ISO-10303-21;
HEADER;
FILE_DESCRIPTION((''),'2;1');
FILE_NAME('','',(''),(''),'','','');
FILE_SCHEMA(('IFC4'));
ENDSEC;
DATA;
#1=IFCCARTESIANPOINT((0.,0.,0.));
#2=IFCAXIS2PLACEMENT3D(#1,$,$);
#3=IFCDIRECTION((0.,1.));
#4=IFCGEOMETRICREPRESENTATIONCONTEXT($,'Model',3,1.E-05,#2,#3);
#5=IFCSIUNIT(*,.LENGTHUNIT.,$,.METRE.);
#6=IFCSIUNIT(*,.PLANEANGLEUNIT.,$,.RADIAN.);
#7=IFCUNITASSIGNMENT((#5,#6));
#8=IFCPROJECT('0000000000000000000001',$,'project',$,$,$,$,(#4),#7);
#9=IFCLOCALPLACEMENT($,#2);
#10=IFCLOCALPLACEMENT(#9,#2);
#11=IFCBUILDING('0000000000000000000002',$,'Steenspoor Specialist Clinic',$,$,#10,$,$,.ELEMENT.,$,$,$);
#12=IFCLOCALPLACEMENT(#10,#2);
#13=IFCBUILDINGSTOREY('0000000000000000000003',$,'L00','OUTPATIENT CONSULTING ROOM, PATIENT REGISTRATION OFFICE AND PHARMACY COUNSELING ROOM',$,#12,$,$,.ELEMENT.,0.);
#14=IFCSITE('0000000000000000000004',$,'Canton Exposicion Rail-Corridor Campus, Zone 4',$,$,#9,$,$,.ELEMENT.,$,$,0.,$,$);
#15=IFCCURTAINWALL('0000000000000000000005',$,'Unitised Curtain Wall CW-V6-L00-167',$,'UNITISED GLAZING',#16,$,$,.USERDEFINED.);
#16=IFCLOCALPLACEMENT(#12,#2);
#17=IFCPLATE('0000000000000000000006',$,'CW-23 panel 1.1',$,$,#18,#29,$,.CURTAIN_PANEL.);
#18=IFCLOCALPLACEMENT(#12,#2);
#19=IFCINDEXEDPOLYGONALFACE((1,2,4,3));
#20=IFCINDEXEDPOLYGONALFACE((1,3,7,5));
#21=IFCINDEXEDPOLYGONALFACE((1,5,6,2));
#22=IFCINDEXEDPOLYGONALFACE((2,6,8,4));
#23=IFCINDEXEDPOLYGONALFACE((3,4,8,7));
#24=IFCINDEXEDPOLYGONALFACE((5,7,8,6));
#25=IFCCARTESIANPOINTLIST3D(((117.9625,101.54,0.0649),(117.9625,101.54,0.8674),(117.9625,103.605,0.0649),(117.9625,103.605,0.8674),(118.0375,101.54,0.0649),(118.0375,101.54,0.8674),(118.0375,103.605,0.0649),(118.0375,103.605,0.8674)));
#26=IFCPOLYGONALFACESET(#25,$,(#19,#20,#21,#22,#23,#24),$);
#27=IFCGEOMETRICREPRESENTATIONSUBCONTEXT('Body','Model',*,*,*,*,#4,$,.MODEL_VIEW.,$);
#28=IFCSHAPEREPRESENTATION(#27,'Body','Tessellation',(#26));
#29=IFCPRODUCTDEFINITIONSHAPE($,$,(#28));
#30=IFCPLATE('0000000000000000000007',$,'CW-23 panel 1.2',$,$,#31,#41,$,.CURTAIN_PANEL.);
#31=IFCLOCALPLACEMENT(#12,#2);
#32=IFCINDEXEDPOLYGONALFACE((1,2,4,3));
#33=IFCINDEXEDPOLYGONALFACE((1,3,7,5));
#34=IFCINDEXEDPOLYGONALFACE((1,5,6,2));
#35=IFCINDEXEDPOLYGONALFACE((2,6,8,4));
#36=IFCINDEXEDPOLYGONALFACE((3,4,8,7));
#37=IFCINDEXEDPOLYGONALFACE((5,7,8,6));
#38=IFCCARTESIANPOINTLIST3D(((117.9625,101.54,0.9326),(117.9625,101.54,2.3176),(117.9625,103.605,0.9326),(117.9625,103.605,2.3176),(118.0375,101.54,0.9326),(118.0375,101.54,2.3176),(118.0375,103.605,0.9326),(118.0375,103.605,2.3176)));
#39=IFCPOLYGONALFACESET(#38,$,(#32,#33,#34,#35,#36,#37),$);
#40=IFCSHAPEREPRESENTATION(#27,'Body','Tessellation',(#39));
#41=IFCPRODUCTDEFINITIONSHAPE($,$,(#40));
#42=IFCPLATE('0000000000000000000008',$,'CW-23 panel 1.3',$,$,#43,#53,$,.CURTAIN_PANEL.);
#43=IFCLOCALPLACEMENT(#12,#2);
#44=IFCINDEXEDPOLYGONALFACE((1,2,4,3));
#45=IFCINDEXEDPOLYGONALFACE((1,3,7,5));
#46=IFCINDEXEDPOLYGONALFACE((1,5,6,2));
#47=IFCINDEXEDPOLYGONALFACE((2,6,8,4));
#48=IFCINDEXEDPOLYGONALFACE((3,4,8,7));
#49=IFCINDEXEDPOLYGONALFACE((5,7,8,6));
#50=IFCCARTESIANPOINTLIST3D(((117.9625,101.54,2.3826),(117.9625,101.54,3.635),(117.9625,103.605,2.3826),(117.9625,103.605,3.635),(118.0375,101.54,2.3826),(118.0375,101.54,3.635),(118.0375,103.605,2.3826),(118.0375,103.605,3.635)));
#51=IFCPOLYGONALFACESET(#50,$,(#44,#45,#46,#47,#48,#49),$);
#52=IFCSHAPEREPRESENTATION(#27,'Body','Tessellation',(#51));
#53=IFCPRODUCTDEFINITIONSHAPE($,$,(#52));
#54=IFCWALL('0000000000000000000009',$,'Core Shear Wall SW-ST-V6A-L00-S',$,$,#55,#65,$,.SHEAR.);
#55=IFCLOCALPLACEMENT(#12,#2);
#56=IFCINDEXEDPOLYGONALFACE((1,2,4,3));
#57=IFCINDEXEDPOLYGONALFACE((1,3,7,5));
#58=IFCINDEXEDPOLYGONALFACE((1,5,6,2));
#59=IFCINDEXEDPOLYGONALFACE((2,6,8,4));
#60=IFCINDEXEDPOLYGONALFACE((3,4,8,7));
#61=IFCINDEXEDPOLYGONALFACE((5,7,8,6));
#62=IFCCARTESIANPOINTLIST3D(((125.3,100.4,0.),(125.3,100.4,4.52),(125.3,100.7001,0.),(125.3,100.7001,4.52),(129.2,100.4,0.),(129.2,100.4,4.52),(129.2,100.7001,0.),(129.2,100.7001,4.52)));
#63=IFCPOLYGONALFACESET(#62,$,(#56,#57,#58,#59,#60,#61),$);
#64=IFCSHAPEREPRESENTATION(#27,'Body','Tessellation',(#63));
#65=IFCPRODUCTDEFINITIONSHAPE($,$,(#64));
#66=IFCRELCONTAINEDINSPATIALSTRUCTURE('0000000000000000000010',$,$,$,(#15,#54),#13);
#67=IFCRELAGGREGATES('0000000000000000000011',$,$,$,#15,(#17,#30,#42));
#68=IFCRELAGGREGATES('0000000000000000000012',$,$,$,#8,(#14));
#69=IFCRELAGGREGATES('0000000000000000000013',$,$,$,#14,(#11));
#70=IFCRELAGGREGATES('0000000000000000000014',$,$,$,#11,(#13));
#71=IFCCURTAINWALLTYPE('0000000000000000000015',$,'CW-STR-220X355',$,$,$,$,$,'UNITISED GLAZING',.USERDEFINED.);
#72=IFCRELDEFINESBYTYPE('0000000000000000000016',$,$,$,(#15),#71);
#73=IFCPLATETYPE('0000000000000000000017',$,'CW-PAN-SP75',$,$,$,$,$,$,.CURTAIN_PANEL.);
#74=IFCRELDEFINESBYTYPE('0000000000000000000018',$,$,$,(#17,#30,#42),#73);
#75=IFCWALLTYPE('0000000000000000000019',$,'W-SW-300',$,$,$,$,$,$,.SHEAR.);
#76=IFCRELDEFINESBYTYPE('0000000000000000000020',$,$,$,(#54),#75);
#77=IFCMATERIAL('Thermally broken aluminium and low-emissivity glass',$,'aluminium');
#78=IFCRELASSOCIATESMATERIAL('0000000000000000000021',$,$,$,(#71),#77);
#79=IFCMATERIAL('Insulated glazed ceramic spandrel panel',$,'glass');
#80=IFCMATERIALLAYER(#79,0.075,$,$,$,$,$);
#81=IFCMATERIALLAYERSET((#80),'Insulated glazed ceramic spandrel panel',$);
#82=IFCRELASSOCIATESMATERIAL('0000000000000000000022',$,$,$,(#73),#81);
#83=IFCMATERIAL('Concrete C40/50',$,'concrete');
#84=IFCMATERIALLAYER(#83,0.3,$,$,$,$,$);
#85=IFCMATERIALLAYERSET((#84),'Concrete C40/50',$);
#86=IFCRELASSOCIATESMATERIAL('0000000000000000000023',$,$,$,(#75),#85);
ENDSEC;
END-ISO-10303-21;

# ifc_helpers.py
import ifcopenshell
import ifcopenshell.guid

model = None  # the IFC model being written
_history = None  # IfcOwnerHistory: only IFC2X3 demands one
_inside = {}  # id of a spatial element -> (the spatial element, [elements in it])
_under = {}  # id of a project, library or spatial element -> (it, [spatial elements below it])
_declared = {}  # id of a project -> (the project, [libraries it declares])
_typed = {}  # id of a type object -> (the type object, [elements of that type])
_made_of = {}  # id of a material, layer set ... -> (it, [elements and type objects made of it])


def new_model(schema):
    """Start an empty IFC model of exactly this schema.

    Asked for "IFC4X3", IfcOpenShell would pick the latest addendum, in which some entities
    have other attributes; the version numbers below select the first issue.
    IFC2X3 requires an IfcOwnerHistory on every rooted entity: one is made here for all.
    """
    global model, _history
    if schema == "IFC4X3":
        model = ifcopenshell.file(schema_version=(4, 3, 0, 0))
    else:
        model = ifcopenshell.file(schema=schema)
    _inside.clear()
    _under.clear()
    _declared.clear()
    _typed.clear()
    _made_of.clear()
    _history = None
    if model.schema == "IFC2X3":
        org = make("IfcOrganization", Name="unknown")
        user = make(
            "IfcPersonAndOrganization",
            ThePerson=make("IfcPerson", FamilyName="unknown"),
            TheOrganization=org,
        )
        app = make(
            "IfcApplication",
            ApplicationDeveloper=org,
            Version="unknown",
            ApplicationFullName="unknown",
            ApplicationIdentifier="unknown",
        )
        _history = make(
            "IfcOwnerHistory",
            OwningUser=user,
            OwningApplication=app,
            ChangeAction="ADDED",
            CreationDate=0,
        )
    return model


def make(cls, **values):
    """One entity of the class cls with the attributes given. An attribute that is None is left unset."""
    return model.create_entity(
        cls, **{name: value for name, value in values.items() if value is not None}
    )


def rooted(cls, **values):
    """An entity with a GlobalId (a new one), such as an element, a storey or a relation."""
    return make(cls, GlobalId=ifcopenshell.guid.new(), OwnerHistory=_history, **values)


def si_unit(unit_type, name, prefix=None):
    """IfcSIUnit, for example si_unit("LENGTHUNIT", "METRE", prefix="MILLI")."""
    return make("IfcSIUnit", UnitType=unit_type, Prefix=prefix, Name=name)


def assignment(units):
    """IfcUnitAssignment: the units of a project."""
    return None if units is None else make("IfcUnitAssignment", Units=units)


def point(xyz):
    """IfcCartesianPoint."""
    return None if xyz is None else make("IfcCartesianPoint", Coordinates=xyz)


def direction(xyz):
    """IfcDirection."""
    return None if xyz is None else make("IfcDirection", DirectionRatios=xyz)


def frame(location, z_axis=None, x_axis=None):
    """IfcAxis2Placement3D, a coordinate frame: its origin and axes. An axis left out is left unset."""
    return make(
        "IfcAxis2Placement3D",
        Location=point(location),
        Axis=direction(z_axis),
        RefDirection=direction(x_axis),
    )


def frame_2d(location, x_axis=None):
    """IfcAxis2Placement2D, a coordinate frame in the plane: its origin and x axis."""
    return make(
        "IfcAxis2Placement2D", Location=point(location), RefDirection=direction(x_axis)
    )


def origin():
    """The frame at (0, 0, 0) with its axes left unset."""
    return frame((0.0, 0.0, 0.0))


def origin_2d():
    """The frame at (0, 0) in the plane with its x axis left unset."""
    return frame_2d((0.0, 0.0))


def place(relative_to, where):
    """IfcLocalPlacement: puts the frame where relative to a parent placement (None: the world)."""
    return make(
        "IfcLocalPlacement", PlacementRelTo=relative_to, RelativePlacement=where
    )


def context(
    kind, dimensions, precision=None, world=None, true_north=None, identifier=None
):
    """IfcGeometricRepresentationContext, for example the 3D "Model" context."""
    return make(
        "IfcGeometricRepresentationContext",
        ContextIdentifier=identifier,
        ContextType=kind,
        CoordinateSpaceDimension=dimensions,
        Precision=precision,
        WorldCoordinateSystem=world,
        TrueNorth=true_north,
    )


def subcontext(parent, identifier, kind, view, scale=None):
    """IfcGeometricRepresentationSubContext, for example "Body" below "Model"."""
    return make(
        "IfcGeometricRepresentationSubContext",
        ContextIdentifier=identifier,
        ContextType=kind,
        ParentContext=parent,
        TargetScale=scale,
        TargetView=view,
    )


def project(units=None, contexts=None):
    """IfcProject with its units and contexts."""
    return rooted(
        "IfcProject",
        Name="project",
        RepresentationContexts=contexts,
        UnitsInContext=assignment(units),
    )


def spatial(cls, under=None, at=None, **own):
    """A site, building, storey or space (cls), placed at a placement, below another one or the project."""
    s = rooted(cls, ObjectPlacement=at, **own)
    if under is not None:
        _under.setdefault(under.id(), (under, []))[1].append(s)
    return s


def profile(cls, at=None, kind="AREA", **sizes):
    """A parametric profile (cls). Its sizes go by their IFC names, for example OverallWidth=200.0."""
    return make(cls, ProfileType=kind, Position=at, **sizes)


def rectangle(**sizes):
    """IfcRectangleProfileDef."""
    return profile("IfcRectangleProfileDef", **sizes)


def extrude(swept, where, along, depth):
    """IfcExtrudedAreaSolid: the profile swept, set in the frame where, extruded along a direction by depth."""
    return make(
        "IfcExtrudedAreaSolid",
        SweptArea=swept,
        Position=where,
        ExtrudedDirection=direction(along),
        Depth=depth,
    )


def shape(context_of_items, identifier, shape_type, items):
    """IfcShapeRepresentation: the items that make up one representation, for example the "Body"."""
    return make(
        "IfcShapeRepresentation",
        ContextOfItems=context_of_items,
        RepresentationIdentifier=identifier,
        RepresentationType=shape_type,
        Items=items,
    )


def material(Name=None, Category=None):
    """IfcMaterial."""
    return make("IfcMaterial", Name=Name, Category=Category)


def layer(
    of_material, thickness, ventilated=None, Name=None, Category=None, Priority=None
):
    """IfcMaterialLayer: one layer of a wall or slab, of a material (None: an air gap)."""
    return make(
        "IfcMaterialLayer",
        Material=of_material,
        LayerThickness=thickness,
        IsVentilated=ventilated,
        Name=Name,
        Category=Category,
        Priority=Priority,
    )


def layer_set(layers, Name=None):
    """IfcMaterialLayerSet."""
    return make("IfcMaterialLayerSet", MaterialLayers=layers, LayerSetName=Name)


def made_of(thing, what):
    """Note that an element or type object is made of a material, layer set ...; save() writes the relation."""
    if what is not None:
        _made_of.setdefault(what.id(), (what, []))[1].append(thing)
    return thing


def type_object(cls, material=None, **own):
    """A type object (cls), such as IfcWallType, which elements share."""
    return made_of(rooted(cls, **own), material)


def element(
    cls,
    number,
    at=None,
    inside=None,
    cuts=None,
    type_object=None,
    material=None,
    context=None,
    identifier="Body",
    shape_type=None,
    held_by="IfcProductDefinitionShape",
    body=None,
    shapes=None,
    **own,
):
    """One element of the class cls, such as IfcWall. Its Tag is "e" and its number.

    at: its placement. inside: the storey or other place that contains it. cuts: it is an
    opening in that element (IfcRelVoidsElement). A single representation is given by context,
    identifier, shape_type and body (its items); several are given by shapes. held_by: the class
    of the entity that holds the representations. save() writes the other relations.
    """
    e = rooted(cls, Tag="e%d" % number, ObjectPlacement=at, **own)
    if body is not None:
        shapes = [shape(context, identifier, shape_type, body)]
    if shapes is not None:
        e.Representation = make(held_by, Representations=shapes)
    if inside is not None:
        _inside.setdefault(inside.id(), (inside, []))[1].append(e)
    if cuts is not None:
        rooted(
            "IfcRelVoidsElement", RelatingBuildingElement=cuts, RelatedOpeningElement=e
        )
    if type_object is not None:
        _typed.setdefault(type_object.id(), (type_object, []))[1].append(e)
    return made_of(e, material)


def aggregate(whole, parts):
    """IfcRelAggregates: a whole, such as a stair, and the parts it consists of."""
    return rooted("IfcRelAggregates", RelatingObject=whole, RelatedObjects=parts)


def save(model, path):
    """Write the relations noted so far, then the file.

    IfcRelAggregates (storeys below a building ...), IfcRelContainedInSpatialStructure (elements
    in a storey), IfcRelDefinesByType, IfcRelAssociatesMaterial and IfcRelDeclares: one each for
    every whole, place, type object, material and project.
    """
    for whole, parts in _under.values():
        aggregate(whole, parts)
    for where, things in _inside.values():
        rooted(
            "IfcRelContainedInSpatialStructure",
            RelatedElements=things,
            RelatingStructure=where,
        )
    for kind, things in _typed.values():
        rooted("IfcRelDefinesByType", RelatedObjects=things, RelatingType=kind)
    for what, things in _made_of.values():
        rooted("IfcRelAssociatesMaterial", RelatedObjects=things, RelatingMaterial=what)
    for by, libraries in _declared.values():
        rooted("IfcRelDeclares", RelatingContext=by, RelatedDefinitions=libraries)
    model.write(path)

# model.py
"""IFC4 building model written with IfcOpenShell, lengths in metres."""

from ifc_helpers import new_model, si_unit, direction, frame, frame_2d, origin, origin_2d, place, context, subcontext, project, spatial, rectangle, extrude, material, layer, layer_set, type_object, element, aggregate, save


model = new_model("IFC4")

# Units and contexts
model_context = context("Model", 3, precision=1e-05, world=origin(), true_north=direction((0.0, 1.0)))
body_context = subcontext(model_context, "Body", "Model", "MODEL_VIEW")
ifc_project = project(units=[si_unit("LENGTHUNIT", "METRE"), si_unit("PLANEANGLEUNIT", "RADIAN")], contexts=[model_context])

# Site, building, storey
site_placement = place(None, origin())
site = spatial("IfcSite", under=ifc_project, at=site_placement, Name="Canton Exposicion Rail-Corridor Campus, Zone 4", CompositionType="ELEMENT", RefElevation=0.0)
building_placement = place(site_placement, origin())
building = spatial("IfcBuilding", under=site, at=building_placement, Name="Steenspoor Specialist Clinic", CompositionType="ELEMENT")
storey_placement = place(building_placement, origin())
storey = spatial("IfcBuildingStorey", under=building, at=storey_placement, Name="L00", Description="OUTPATIENT CONSULTING ROOM, PATIENT REGISTRATION OFFICE AND PHARMACY COUNSELING ROOM", CompositionType="ELEMENT", Elevation=0.0)

# Shared definitions
ifc_material_1 = material(Name="Concrete C40/50", Category="concrete")

# Curtain wall
ifc_material_2 = material(Name="Thermally broken aluminium and low-emissivity glass", Category="aluminium")
curtain_wall_type = type_object("IfcCurtainWallType", Name="CW-STR-220X355", ElementType="UNITISED GLAZING", PredefinedType="USERDEFINED", material=ifc_material_2)
curtain_wall_placement = place(storey_placement, origin())
curtain_wall = element("IfcCurtainWall", 1, at=curtain_wall_placement, inside=storey, type_object=curtain_wall_type, Name="Unitised Curtain Wall CW-V6-L00-167", ObjectType="UNITISED GLAZING", PredefinedType="USERDEFINED")

# Plates
ifc_material_3 = material(Name="Insulated glazed ceramic spandrel panel", Category="glass")
ifc_layer_1 = layer(ifc_material_3, 0.075)
ifc_layer_set_1 = layer_set([ifc_layer_1], Name="Insulated glazed ceramic spandrel panel")
plate_type = type_object("IfcPlateType", Name="CW-PAN-SP75", PredefinedType="CURTAIN_PANEL", material=ifc_layer_set_1)
plate_1_placement = place(storey_placement, frame((118.0, 102.5725, 0.0649), z_axis=(0.0, 0.0, 1.0), x_axis=(0.0, 1.0, 0.0)))
plate_1 = element("IfcPlate", 2, at=plate_1_placement, type_object=plate_type, Name="CW-23 panel 1.1", PredefinedType="CURTAIN_PANEL", context=body_context, shape_type="SweptSolid", body=[
    extrude(rectangle(XDim=2.0649, YDim=0.075, at=origin_2d()), origin(), (0.0, 0.0, 1.0), 0.8025),
])
plate_2_placement = place(storey_placement, frame((118.0, 102.5725, 0.9326), z_axis=(0.0, 0.0, 1.0), x_axis=(0.0, 1.0, 0.0)))
plate_2 = element("IfcPlate", 3, at=plate_2_placement, type_object=plate_type, Name="CW-23 panel 1.2", PredefinedType="CURTAIN_PANEL", context=body_context, shape_type="SweptSolid", body=[
    extrude(rectangle(XDim=2.0649, YDim=0.075, at=origin_2d()), origin(), (0.0, 0.0, 1.0), 1.385),
])
plate_3_placement = place(storey_placement, frame((118.0, 102.5725, 2.3826), z_axis=(0.0, 0.0, 1.0), x_axis=(0.0, 1.0, 0.0)))
plate_3 = element("IfcPlate", 4, at=plate_3_placement, type_object=plate_type, Name="CW-23 panel 1.3", PredefinedType="CURTAIN_PANEL", context=body_context, shape_type="SweptSolid", body=[
    extrude(rectangle(XDim=2.0649, YDim=0.075, at=origin_2d()), origin(), (0.0, 0.0, 1.0), 1.2524),
])
aggregate(curtain_wall, [plate_1, plate_2, plate_3])

# Wall
ifc_layer_2 = layer(ifc_material_1, 0.3)
ifc_layer_set_2 = layer_set([ifc_layer_2], Name="Concrete C40/50")
wall_type = type_object("IfcWallType", Name="W-SW-300", PredefinedType="SHEAR", material=ifc_layer_set_2)
wall_placement = place(storey_placement, frame((125.3, 100.55, 0.0), z_axis=(0.0, 0.0, 1.0), x_axis=(1.0, 0.0, 0.0)))
element("IfcWall", 5, at=wall_placement, inside=storey, type_object=wall_type, Name="Core Shear Wall SW-ST-V6A-L00-S", PredefinedType="SHEAR", context=body_context, shape_type="SweptSolid", body=[
    extrude(rectangle(XDim=3.8999, YDim=0.3, at=frame_2d((1.95, 0.0))), origin(), (0.0, 0.0, 1.0), 4.52),
])

save(model, "model.ifc")
